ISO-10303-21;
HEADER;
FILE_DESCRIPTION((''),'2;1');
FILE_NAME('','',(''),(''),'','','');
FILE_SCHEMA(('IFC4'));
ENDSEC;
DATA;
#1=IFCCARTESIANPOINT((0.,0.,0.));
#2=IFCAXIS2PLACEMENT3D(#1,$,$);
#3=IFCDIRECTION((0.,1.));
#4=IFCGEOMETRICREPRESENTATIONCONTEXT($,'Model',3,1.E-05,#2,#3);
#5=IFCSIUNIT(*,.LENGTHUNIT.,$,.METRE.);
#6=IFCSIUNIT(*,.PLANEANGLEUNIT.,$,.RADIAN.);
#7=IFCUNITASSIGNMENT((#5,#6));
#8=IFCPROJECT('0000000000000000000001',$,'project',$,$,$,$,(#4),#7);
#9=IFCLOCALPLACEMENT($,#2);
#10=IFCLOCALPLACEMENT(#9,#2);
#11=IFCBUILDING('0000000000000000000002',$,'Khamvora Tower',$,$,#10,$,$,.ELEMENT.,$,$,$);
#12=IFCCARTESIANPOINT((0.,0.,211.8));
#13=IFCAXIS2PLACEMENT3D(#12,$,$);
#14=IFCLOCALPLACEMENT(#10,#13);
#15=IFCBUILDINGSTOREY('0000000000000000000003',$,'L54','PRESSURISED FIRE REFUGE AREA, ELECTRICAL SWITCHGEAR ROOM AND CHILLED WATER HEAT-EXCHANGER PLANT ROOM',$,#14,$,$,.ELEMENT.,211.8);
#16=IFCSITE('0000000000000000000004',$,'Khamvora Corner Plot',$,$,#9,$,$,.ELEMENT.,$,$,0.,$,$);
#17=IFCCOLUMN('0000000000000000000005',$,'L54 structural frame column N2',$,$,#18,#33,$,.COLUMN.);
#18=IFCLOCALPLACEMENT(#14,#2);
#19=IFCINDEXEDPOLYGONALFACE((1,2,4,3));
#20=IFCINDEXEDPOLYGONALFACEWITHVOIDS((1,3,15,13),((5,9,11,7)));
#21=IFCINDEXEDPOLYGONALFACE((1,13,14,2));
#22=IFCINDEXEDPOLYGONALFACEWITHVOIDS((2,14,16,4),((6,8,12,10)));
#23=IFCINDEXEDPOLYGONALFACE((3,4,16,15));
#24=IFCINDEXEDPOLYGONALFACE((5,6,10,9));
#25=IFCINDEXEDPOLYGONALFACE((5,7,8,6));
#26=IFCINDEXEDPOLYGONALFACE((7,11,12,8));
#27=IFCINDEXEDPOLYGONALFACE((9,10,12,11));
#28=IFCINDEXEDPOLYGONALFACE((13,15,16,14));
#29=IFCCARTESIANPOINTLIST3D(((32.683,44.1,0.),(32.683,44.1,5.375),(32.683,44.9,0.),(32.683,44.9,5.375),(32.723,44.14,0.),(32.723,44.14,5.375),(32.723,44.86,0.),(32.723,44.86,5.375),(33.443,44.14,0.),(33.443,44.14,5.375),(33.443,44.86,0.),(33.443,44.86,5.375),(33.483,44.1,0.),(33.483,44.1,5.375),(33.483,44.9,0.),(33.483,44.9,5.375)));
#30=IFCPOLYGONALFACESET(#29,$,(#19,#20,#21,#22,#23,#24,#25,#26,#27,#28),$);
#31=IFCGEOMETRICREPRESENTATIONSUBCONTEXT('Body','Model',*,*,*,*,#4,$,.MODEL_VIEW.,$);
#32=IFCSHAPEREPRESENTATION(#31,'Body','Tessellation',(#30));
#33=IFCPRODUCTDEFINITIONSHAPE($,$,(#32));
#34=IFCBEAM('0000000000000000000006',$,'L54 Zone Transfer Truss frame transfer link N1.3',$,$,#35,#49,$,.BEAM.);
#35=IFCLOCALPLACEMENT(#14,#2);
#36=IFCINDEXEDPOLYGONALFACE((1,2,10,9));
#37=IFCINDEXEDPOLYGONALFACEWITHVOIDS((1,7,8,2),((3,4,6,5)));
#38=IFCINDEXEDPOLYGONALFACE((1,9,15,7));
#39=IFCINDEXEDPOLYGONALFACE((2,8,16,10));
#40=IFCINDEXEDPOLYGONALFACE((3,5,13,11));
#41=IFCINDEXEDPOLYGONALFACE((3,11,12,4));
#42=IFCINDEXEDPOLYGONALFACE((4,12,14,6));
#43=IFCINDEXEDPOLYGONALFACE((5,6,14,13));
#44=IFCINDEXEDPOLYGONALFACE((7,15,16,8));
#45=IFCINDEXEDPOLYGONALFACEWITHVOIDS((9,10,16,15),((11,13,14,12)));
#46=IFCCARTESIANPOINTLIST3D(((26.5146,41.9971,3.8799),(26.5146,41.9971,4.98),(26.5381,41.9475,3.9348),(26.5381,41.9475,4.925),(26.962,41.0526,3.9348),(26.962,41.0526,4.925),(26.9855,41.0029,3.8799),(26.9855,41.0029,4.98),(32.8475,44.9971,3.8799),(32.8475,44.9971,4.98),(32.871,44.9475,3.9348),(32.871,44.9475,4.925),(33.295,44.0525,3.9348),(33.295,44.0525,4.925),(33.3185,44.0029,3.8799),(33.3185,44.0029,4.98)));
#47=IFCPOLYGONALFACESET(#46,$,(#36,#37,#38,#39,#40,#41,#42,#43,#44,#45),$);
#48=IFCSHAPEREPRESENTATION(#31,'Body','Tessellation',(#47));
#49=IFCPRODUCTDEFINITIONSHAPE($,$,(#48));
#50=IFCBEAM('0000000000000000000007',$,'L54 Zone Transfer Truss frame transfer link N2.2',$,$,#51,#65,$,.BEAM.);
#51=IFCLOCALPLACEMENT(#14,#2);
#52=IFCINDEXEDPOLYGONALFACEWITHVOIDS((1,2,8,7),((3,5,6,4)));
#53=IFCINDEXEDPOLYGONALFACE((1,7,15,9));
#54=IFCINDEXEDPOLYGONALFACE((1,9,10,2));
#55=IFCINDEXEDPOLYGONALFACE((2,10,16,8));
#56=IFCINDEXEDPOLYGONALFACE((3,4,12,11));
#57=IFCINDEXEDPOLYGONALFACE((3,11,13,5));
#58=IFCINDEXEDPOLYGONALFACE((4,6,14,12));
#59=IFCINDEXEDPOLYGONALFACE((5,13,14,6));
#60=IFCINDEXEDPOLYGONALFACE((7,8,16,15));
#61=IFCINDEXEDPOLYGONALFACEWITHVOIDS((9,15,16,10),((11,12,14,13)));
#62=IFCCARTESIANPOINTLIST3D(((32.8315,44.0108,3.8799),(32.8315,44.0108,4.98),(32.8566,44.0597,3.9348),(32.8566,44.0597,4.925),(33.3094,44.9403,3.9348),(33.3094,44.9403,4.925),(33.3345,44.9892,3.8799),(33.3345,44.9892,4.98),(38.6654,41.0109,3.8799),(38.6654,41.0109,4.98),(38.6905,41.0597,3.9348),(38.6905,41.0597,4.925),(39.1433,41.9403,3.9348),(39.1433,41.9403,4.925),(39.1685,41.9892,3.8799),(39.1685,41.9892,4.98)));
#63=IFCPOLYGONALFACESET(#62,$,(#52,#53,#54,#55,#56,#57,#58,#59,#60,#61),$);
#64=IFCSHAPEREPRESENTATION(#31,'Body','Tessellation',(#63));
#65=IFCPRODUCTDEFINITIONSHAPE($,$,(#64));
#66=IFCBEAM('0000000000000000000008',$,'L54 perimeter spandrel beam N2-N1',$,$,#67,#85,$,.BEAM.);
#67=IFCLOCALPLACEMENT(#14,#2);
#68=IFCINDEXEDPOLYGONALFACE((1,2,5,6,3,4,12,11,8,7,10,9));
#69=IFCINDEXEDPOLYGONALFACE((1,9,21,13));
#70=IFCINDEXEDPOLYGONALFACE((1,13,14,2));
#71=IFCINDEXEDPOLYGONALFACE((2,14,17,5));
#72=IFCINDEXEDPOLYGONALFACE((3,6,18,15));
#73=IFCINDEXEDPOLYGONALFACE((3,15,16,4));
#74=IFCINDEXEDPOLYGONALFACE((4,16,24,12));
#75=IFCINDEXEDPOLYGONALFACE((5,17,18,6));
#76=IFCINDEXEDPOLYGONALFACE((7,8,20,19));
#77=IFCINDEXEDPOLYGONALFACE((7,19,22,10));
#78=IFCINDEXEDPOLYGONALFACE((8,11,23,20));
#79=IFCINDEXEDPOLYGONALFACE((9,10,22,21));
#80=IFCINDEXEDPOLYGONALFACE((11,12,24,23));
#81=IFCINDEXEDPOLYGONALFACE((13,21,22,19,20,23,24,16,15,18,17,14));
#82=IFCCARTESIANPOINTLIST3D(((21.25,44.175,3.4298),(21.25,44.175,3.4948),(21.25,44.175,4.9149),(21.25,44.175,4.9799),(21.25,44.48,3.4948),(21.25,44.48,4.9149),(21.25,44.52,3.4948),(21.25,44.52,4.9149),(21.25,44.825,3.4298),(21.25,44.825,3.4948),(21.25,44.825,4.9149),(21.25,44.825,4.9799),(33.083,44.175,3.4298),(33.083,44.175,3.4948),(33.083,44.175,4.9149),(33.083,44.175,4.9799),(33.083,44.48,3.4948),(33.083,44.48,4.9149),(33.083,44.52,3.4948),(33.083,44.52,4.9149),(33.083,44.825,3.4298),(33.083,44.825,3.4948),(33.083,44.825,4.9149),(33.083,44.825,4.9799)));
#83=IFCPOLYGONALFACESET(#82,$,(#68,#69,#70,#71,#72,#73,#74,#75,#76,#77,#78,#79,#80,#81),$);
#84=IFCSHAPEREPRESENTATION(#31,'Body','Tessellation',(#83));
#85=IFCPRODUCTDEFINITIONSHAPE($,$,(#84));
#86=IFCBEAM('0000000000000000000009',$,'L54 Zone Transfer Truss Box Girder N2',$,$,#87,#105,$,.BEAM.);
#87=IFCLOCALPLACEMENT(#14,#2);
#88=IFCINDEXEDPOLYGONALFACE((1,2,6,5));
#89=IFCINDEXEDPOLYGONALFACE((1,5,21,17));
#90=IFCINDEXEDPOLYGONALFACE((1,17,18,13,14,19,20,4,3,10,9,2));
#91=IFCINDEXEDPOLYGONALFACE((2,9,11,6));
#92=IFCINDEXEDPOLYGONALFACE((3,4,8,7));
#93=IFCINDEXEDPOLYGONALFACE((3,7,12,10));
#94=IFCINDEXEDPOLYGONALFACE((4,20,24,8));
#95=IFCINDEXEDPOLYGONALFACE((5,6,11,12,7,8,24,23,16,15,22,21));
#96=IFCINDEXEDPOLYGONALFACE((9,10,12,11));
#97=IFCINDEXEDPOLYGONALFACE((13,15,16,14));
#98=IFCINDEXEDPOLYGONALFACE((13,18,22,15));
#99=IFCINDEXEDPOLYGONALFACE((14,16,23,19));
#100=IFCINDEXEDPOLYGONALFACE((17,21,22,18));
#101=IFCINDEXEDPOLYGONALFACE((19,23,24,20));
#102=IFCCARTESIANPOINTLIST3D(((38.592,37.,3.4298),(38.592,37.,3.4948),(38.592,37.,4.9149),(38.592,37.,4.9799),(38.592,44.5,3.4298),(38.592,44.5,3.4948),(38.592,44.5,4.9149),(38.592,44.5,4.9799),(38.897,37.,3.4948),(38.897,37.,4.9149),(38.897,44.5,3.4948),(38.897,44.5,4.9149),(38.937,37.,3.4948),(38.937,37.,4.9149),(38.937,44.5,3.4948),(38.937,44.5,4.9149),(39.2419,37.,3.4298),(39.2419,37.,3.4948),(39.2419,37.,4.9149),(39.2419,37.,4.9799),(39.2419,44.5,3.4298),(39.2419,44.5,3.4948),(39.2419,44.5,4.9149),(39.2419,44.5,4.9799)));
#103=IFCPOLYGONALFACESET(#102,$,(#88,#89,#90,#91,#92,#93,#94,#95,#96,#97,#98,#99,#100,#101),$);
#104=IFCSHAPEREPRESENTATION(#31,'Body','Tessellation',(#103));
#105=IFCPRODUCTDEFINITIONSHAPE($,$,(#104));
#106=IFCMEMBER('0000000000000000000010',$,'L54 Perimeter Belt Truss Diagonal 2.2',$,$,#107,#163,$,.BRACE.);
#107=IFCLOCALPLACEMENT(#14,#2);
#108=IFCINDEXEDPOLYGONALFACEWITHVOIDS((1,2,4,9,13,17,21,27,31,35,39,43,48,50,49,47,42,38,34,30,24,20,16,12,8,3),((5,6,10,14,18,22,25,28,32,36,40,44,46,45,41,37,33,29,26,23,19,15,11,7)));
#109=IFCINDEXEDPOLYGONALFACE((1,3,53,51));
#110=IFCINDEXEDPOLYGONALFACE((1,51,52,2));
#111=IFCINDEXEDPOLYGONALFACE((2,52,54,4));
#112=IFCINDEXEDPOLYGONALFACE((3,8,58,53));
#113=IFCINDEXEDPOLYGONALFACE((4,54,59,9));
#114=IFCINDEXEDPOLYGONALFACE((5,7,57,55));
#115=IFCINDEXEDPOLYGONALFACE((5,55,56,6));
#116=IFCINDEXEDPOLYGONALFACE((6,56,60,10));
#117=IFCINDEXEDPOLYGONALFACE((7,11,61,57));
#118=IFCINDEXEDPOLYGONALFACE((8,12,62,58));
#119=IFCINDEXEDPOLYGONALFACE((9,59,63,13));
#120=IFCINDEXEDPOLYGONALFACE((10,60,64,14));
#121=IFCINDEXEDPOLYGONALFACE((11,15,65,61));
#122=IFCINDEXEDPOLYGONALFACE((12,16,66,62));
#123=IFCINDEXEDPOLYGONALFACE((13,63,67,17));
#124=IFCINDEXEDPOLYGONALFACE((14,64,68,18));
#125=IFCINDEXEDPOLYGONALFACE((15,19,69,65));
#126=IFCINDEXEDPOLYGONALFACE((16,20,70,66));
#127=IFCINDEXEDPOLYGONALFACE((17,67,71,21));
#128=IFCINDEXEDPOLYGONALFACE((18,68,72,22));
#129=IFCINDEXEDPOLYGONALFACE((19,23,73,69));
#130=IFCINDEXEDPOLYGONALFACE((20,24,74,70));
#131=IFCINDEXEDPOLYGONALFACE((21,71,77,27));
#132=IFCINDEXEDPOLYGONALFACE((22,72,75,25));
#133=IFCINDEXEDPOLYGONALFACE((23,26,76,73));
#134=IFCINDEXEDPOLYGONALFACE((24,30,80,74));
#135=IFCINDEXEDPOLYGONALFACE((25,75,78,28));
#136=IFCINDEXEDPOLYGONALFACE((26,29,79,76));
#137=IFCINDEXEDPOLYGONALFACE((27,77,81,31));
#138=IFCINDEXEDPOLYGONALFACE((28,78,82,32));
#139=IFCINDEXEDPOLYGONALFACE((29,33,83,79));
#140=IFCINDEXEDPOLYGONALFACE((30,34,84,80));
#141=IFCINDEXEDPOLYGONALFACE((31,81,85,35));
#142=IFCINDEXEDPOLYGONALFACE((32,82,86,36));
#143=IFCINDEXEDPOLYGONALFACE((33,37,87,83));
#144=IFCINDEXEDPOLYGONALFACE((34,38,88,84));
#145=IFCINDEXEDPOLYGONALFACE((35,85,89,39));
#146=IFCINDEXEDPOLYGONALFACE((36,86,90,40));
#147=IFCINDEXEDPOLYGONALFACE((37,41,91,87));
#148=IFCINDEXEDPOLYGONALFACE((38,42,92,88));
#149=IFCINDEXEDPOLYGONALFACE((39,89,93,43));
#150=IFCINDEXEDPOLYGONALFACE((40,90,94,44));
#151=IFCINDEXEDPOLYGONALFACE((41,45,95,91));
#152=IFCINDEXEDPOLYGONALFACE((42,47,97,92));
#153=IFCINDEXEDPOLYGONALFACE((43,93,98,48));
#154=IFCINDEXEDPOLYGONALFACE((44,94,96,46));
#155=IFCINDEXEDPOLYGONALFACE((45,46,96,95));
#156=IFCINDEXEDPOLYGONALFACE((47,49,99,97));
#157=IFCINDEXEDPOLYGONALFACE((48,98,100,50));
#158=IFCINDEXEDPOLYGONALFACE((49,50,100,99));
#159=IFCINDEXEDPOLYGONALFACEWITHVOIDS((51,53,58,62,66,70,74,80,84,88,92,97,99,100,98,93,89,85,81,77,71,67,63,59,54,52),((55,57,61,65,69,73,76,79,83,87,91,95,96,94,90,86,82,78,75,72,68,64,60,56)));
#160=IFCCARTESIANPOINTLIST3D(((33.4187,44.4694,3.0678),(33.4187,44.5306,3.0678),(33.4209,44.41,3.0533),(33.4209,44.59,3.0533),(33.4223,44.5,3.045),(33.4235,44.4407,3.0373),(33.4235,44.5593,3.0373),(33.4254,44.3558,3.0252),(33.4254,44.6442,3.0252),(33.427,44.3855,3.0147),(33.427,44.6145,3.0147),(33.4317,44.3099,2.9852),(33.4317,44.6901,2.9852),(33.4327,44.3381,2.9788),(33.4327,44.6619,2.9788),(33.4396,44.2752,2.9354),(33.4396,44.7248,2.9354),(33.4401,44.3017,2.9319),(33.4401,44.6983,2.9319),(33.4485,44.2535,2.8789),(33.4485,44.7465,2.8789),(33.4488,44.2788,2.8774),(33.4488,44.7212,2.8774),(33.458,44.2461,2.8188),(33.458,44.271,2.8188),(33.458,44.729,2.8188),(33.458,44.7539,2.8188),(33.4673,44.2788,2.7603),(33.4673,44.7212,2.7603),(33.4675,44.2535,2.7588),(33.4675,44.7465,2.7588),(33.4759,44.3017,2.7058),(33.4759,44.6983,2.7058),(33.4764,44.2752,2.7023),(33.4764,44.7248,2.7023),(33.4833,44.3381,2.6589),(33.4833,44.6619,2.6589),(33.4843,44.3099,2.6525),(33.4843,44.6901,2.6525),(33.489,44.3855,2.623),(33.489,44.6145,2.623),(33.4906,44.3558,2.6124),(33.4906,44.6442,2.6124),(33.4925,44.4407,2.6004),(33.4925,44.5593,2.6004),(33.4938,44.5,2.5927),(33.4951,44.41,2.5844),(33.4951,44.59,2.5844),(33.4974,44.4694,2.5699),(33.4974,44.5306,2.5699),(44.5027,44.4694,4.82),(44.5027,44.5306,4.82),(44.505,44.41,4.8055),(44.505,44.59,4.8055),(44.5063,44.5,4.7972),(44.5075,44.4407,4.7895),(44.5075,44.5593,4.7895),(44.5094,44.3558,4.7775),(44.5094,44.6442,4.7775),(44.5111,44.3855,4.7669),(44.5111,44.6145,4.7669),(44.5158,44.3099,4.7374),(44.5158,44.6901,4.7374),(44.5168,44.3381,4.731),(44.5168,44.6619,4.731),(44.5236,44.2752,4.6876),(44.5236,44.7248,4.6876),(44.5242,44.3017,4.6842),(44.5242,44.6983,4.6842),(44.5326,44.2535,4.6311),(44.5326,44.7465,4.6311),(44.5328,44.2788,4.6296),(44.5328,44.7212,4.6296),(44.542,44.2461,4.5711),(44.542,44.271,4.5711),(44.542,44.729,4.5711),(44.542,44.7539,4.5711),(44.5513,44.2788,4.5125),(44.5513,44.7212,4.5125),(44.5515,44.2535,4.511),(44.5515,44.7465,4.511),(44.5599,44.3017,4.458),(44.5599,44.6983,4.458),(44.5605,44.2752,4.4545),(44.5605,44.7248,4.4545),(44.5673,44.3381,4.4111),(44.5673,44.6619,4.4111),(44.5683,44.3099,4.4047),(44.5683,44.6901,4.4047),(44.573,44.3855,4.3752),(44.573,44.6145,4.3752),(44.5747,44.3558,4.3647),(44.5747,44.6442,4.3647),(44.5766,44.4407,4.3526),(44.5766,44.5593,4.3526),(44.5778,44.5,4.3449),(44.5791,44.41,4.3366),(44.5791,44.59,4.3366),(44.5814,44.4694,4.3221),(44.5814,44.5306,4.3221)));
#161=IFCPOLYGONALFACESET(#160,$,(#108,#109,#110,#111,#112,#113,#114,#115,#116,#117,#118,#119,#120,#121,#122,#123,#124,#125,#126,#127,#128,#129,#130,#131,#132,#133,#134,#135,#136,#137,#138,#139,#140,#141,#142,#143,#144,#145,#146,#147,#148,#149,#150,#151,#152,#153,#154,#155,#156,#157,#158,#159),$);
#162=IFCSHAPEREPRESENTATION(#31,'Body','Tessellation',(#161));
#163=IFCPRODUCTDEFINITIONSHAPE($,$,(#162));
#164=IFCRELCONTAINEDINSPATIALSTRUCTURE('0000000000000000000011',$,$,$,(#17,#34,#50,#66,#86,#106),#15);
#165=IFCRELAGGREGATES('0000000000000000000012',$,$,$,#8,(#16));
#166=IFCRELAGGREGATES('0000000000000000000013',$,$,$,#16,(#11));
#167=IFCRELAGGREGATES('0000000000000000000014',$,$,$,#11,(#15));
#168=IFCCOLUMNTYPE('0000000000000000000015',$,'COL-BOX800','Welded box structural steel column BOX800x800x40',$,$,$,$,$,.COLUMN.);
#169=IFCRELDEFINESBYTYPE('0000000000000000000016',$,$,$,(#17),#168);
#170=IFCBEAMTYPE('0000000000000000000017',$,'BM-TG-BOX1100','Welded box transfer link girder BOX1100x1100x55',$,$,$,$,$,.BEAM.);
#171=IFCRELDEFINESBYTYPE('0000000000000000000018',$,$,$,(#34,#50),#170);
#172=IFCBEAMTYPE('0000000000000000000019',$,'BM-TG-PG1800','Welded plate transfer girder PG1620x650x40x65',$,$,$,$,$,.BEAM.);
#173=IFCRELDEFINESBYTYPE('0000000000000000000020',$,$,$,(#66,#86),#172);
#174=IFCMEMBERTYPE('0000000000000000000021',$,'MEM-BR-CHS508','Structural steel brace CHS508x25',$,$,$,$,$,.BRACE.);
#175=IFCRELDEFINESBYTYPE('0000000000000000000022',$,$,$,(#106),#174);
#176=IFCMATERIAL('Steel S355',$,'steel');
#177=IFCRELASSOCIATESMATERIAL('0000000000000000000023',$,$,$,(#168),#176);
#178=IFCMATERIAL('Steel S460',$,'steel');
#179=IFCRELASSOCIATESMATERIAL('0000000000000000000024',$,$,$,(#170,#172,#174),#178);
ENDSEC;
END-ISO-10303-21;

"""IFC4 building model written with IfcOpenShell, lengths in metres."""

from ifc_helpers import new_model, si_unit, direction, frame, origin, origin_2d, place, context, subcontext, project, spatial, hollow_rectangle, hollow_circle, i_section, extrude, material, material_profile, profile_set, type_object, element, save


model = new_model("IFC4")

# Units and contexts
model_context = context("Model", 3, precision=1e-05, world=origin(), true_north=direction((0.0, 1.0)))
body_context = subcontext(model_context, "Body", "Model", "MODEL_VIEW")
ifc_project = project(units=[si_unit("LENGTHUNIT", "METRE"), si_unit("PLANEANGLEUNIT", "RADIAN")], contexts=[model_context])

# Site, building, storey
site_placement = place(None, origin())
site = spatial("IfcSite", under=ifc_project, at=site_placement, Name="Khamvora Corner Plot", CompositionType="ELEMENT", RefElevation=0.0)
building_placement = place(site_placement, origin())
building = spatial("IfcBuilding", under=site, at=building_placement, Name="Khamvora Tower", CompositionType="ELEMENT")
storey_placement = place(building_placement, frame((0.0, 0.0, 211.8)))
storey = spatial("IfcBuildingStorey", under=building, at=storey_placement, Name="L54", Description="PRESSURISED FIRE REFUGE AREA, ELECTRICAL SWITCHGEAR ROOM AND CHILLED WATER HEAT-EXCHANGER PLANT ROOM", CompositionType="ELEMENT", Elevation=211.8)

# Column
ifc_material_1 = material(Name="Steel S355", Category="steel")
ifc_material_profile_1 = material_profile(ifc_material_1, hollow_rectangle(XDim=0.8, YDim=0.8, WallThickness=0.04, at=origin_2d()), Name="BOX800x800x40")
ifc_profile_set_1 = profile_set([ifc_material_profile_1], Name="Steel S355")
column_type = type_object("IfcColumnType", Name="COL-BOX800", Description="Welded box structural steel column BOX800x800x40", PredefinedType="COLUMN", material=ifc_profile_set_1)
column_placement = place(storey_placement, frame((33.083, 44.5, 0.0), z_axis=(0.0, 0.0, 1.0), x_axis=(1.0, 0.0, 0.0)))
element("IfcColumn", 1, at=column_placement, inside=storey, type_object=column_type, Name="L54 structural frame column N2", PredefinedType="COLUMN", context=body_context, shape_type="SweptSolid", body=[
    extrude(hollow_rectangle(XDim=0.8, YDim=0.8, WallThickness=0.04, at=origin_2d()), origin(), (0.0, 0.0, 1.0), 5.375),
])

# Beams
ifc_material_2 = material(Name="Steel S460", Category="steel")
ifc_material_profile_2 = material_profile(ifc_material_2, hollow_rectangle(XDim=1.1001, YDim=1.1001, WallThickness=0.0549, at=origin_2d()), Name="BOX1100x1100x55")
ifc_profile_set_2 = profile_set([ifc_material_profile_2], Name="Steel S460")
beam_type_1 = type_object("IfcBeamType", Name="BM-TG-BOX1100", Description="Welded box transfer link girder BOX1100x1100x55", PredefinedType="BEAM", material=ifc_profile_set_2)
beam_1_placement = place(storey_placement, frame((33.083, 44.5, 4.4299), z_axis=(-0.903729, -0.428104, 0.0), x_axis=(0.428104, -0.903729, 0.0)))
element("IfcBeam", 2, at=beam_1_placement, inside=storey, type_object=beam_type_1, Name="L54 Zone Transfer Truss frame transfer link N1.3", PredefinedType="BEAM", context=body_context, shape_type="SweptSolid", body=[
    extrude(hollow_rectangle(XDim=1.1001, YDim=1.1001, WallThickness=0.0549, at=origin_2d()), origin(), (0.0, 0.0, 1.0), 7.0076),
])
beam_2_placement = place(storey_placement, frame((33.083, 44.5, 4.4299), z_axis=(0.889309, -0.457308, 0.0), x_axis=(0.457308, 0.889309, 0.0)))
element("IfcBeam", 3, at=beam_2_placement, inside=storey, type_object=beam_type_1, Name="L54 Zone Transfer Truss frame transfer link N2.2", PredefinedType="BEAM", context=body_context, shape_type="SweptSolid", body=[
    extrude(hollow_rectangle(XDim=1.1001, YDim=1.1001, WallThickness=0.0549, at=origin_2d()), origin(), (0.0, 0.0, 1.0), 6.5601),
])
ifc_material_profile_3 = material_profile(ifc_material_2, i_section(OverallWidth=0.6499, OverallDepth=1.55, WebThickness=0.04, FlangeThickness=0.0649, at=origin_2d()), Name="PG1550x650x40x65")
ifc_profile_set_3 = profile_set([ifc_material_profile_3], Name="Steel S460")
beam_type_2 = type_object("IfcBeamType", Name="BM-TG-PG1800", Description="Welded plate transfer girder PG1620x650x40x65", PredefinedType="BEAM", material=ifc_profile_set_3)
beam_3_placement = place(storey_placement, frame((33.083, 44.5, 4.2048), z_axis=(-1.0, 0.0, 0.0), x_axis=(0.0, -1.0, 0.0)))
element("IfcBeam", 4, at=beam_3_placement, inside=storey, type_object=beam_type_2, Name="L54 perimeter spandrel beam N2-N1", PredefinedType="BEAM", context=body_context, shape_type="SweptSolid", body=[
    extrude(i_section(OverallWidth=0.6499, OverallDepth=1.55, WebThickness=0.04, FlangeThickness=0.0649, at=origin_2d()), origin(), (0.0, 0.0, 1.0), 11.833),
])
beam_4_placement = place(storey_placement, frame((38.917, 37.0, 4.2048), z_axis=(0.0, 1.0, 0.0), x_axis=(-1.0, 0.0, 0.0)))
element("IfcBeam", 5, at=beam_4_placement, inside=storey, type_object=beam_type_2, Name="L54 Zone Transfer Truss Box Girder N2", PredefinedType="BEAM", context=body_context, shape_type="SweptSolid", body=[
    extrude(i_section(OverallWidth=0.6499, OverallDepth=1.55, WebThickness=0.04, FlangeThickness=0.0649, at=origin_2d()), origin(), (0.0, 0.0, 1.0), 7.5),
])

# Member
ifc_material_profile_4 = material_profile(ifc_material_2, hollow_circle(Radius=0.2539, WallThickness=0.0249, at=origin_2d()), Name="CHS508x25")
ifc_profile_set_4 = profile_set([ifc_material_profile_4], Name="Steel S460")
member_type_1 = type_object("IfcMemberType", Name="MEM-BR-CHS508", Description="Structural steel brace CHS508x25", PredefinedType="BRACE", material=ifc_profile_set_4)
member_1_placement = place(storey_placement, frame((33.458, 44.5, 2.8188), z_axis=(0.987734, 0.0, 0.156145), x_axis=(0.0, 1.0, 0.0)))
element("IfcMember", 6, at=member_1_placement, inside=storey, type_object=member_type_1, Name="L54 Perimeter Belt Truss Diagonal 2.2", PredefinedType="BRACE", context=body_context, shape_type="SweptSolid", body=[
    extrude(hollow_circle(Radius=0.2539, WallThickness=0.0249, at=origin_2d()), origin(), (0.0, 0.0, 1.0), 11.2217),
])

save(model, "model.ifc")
